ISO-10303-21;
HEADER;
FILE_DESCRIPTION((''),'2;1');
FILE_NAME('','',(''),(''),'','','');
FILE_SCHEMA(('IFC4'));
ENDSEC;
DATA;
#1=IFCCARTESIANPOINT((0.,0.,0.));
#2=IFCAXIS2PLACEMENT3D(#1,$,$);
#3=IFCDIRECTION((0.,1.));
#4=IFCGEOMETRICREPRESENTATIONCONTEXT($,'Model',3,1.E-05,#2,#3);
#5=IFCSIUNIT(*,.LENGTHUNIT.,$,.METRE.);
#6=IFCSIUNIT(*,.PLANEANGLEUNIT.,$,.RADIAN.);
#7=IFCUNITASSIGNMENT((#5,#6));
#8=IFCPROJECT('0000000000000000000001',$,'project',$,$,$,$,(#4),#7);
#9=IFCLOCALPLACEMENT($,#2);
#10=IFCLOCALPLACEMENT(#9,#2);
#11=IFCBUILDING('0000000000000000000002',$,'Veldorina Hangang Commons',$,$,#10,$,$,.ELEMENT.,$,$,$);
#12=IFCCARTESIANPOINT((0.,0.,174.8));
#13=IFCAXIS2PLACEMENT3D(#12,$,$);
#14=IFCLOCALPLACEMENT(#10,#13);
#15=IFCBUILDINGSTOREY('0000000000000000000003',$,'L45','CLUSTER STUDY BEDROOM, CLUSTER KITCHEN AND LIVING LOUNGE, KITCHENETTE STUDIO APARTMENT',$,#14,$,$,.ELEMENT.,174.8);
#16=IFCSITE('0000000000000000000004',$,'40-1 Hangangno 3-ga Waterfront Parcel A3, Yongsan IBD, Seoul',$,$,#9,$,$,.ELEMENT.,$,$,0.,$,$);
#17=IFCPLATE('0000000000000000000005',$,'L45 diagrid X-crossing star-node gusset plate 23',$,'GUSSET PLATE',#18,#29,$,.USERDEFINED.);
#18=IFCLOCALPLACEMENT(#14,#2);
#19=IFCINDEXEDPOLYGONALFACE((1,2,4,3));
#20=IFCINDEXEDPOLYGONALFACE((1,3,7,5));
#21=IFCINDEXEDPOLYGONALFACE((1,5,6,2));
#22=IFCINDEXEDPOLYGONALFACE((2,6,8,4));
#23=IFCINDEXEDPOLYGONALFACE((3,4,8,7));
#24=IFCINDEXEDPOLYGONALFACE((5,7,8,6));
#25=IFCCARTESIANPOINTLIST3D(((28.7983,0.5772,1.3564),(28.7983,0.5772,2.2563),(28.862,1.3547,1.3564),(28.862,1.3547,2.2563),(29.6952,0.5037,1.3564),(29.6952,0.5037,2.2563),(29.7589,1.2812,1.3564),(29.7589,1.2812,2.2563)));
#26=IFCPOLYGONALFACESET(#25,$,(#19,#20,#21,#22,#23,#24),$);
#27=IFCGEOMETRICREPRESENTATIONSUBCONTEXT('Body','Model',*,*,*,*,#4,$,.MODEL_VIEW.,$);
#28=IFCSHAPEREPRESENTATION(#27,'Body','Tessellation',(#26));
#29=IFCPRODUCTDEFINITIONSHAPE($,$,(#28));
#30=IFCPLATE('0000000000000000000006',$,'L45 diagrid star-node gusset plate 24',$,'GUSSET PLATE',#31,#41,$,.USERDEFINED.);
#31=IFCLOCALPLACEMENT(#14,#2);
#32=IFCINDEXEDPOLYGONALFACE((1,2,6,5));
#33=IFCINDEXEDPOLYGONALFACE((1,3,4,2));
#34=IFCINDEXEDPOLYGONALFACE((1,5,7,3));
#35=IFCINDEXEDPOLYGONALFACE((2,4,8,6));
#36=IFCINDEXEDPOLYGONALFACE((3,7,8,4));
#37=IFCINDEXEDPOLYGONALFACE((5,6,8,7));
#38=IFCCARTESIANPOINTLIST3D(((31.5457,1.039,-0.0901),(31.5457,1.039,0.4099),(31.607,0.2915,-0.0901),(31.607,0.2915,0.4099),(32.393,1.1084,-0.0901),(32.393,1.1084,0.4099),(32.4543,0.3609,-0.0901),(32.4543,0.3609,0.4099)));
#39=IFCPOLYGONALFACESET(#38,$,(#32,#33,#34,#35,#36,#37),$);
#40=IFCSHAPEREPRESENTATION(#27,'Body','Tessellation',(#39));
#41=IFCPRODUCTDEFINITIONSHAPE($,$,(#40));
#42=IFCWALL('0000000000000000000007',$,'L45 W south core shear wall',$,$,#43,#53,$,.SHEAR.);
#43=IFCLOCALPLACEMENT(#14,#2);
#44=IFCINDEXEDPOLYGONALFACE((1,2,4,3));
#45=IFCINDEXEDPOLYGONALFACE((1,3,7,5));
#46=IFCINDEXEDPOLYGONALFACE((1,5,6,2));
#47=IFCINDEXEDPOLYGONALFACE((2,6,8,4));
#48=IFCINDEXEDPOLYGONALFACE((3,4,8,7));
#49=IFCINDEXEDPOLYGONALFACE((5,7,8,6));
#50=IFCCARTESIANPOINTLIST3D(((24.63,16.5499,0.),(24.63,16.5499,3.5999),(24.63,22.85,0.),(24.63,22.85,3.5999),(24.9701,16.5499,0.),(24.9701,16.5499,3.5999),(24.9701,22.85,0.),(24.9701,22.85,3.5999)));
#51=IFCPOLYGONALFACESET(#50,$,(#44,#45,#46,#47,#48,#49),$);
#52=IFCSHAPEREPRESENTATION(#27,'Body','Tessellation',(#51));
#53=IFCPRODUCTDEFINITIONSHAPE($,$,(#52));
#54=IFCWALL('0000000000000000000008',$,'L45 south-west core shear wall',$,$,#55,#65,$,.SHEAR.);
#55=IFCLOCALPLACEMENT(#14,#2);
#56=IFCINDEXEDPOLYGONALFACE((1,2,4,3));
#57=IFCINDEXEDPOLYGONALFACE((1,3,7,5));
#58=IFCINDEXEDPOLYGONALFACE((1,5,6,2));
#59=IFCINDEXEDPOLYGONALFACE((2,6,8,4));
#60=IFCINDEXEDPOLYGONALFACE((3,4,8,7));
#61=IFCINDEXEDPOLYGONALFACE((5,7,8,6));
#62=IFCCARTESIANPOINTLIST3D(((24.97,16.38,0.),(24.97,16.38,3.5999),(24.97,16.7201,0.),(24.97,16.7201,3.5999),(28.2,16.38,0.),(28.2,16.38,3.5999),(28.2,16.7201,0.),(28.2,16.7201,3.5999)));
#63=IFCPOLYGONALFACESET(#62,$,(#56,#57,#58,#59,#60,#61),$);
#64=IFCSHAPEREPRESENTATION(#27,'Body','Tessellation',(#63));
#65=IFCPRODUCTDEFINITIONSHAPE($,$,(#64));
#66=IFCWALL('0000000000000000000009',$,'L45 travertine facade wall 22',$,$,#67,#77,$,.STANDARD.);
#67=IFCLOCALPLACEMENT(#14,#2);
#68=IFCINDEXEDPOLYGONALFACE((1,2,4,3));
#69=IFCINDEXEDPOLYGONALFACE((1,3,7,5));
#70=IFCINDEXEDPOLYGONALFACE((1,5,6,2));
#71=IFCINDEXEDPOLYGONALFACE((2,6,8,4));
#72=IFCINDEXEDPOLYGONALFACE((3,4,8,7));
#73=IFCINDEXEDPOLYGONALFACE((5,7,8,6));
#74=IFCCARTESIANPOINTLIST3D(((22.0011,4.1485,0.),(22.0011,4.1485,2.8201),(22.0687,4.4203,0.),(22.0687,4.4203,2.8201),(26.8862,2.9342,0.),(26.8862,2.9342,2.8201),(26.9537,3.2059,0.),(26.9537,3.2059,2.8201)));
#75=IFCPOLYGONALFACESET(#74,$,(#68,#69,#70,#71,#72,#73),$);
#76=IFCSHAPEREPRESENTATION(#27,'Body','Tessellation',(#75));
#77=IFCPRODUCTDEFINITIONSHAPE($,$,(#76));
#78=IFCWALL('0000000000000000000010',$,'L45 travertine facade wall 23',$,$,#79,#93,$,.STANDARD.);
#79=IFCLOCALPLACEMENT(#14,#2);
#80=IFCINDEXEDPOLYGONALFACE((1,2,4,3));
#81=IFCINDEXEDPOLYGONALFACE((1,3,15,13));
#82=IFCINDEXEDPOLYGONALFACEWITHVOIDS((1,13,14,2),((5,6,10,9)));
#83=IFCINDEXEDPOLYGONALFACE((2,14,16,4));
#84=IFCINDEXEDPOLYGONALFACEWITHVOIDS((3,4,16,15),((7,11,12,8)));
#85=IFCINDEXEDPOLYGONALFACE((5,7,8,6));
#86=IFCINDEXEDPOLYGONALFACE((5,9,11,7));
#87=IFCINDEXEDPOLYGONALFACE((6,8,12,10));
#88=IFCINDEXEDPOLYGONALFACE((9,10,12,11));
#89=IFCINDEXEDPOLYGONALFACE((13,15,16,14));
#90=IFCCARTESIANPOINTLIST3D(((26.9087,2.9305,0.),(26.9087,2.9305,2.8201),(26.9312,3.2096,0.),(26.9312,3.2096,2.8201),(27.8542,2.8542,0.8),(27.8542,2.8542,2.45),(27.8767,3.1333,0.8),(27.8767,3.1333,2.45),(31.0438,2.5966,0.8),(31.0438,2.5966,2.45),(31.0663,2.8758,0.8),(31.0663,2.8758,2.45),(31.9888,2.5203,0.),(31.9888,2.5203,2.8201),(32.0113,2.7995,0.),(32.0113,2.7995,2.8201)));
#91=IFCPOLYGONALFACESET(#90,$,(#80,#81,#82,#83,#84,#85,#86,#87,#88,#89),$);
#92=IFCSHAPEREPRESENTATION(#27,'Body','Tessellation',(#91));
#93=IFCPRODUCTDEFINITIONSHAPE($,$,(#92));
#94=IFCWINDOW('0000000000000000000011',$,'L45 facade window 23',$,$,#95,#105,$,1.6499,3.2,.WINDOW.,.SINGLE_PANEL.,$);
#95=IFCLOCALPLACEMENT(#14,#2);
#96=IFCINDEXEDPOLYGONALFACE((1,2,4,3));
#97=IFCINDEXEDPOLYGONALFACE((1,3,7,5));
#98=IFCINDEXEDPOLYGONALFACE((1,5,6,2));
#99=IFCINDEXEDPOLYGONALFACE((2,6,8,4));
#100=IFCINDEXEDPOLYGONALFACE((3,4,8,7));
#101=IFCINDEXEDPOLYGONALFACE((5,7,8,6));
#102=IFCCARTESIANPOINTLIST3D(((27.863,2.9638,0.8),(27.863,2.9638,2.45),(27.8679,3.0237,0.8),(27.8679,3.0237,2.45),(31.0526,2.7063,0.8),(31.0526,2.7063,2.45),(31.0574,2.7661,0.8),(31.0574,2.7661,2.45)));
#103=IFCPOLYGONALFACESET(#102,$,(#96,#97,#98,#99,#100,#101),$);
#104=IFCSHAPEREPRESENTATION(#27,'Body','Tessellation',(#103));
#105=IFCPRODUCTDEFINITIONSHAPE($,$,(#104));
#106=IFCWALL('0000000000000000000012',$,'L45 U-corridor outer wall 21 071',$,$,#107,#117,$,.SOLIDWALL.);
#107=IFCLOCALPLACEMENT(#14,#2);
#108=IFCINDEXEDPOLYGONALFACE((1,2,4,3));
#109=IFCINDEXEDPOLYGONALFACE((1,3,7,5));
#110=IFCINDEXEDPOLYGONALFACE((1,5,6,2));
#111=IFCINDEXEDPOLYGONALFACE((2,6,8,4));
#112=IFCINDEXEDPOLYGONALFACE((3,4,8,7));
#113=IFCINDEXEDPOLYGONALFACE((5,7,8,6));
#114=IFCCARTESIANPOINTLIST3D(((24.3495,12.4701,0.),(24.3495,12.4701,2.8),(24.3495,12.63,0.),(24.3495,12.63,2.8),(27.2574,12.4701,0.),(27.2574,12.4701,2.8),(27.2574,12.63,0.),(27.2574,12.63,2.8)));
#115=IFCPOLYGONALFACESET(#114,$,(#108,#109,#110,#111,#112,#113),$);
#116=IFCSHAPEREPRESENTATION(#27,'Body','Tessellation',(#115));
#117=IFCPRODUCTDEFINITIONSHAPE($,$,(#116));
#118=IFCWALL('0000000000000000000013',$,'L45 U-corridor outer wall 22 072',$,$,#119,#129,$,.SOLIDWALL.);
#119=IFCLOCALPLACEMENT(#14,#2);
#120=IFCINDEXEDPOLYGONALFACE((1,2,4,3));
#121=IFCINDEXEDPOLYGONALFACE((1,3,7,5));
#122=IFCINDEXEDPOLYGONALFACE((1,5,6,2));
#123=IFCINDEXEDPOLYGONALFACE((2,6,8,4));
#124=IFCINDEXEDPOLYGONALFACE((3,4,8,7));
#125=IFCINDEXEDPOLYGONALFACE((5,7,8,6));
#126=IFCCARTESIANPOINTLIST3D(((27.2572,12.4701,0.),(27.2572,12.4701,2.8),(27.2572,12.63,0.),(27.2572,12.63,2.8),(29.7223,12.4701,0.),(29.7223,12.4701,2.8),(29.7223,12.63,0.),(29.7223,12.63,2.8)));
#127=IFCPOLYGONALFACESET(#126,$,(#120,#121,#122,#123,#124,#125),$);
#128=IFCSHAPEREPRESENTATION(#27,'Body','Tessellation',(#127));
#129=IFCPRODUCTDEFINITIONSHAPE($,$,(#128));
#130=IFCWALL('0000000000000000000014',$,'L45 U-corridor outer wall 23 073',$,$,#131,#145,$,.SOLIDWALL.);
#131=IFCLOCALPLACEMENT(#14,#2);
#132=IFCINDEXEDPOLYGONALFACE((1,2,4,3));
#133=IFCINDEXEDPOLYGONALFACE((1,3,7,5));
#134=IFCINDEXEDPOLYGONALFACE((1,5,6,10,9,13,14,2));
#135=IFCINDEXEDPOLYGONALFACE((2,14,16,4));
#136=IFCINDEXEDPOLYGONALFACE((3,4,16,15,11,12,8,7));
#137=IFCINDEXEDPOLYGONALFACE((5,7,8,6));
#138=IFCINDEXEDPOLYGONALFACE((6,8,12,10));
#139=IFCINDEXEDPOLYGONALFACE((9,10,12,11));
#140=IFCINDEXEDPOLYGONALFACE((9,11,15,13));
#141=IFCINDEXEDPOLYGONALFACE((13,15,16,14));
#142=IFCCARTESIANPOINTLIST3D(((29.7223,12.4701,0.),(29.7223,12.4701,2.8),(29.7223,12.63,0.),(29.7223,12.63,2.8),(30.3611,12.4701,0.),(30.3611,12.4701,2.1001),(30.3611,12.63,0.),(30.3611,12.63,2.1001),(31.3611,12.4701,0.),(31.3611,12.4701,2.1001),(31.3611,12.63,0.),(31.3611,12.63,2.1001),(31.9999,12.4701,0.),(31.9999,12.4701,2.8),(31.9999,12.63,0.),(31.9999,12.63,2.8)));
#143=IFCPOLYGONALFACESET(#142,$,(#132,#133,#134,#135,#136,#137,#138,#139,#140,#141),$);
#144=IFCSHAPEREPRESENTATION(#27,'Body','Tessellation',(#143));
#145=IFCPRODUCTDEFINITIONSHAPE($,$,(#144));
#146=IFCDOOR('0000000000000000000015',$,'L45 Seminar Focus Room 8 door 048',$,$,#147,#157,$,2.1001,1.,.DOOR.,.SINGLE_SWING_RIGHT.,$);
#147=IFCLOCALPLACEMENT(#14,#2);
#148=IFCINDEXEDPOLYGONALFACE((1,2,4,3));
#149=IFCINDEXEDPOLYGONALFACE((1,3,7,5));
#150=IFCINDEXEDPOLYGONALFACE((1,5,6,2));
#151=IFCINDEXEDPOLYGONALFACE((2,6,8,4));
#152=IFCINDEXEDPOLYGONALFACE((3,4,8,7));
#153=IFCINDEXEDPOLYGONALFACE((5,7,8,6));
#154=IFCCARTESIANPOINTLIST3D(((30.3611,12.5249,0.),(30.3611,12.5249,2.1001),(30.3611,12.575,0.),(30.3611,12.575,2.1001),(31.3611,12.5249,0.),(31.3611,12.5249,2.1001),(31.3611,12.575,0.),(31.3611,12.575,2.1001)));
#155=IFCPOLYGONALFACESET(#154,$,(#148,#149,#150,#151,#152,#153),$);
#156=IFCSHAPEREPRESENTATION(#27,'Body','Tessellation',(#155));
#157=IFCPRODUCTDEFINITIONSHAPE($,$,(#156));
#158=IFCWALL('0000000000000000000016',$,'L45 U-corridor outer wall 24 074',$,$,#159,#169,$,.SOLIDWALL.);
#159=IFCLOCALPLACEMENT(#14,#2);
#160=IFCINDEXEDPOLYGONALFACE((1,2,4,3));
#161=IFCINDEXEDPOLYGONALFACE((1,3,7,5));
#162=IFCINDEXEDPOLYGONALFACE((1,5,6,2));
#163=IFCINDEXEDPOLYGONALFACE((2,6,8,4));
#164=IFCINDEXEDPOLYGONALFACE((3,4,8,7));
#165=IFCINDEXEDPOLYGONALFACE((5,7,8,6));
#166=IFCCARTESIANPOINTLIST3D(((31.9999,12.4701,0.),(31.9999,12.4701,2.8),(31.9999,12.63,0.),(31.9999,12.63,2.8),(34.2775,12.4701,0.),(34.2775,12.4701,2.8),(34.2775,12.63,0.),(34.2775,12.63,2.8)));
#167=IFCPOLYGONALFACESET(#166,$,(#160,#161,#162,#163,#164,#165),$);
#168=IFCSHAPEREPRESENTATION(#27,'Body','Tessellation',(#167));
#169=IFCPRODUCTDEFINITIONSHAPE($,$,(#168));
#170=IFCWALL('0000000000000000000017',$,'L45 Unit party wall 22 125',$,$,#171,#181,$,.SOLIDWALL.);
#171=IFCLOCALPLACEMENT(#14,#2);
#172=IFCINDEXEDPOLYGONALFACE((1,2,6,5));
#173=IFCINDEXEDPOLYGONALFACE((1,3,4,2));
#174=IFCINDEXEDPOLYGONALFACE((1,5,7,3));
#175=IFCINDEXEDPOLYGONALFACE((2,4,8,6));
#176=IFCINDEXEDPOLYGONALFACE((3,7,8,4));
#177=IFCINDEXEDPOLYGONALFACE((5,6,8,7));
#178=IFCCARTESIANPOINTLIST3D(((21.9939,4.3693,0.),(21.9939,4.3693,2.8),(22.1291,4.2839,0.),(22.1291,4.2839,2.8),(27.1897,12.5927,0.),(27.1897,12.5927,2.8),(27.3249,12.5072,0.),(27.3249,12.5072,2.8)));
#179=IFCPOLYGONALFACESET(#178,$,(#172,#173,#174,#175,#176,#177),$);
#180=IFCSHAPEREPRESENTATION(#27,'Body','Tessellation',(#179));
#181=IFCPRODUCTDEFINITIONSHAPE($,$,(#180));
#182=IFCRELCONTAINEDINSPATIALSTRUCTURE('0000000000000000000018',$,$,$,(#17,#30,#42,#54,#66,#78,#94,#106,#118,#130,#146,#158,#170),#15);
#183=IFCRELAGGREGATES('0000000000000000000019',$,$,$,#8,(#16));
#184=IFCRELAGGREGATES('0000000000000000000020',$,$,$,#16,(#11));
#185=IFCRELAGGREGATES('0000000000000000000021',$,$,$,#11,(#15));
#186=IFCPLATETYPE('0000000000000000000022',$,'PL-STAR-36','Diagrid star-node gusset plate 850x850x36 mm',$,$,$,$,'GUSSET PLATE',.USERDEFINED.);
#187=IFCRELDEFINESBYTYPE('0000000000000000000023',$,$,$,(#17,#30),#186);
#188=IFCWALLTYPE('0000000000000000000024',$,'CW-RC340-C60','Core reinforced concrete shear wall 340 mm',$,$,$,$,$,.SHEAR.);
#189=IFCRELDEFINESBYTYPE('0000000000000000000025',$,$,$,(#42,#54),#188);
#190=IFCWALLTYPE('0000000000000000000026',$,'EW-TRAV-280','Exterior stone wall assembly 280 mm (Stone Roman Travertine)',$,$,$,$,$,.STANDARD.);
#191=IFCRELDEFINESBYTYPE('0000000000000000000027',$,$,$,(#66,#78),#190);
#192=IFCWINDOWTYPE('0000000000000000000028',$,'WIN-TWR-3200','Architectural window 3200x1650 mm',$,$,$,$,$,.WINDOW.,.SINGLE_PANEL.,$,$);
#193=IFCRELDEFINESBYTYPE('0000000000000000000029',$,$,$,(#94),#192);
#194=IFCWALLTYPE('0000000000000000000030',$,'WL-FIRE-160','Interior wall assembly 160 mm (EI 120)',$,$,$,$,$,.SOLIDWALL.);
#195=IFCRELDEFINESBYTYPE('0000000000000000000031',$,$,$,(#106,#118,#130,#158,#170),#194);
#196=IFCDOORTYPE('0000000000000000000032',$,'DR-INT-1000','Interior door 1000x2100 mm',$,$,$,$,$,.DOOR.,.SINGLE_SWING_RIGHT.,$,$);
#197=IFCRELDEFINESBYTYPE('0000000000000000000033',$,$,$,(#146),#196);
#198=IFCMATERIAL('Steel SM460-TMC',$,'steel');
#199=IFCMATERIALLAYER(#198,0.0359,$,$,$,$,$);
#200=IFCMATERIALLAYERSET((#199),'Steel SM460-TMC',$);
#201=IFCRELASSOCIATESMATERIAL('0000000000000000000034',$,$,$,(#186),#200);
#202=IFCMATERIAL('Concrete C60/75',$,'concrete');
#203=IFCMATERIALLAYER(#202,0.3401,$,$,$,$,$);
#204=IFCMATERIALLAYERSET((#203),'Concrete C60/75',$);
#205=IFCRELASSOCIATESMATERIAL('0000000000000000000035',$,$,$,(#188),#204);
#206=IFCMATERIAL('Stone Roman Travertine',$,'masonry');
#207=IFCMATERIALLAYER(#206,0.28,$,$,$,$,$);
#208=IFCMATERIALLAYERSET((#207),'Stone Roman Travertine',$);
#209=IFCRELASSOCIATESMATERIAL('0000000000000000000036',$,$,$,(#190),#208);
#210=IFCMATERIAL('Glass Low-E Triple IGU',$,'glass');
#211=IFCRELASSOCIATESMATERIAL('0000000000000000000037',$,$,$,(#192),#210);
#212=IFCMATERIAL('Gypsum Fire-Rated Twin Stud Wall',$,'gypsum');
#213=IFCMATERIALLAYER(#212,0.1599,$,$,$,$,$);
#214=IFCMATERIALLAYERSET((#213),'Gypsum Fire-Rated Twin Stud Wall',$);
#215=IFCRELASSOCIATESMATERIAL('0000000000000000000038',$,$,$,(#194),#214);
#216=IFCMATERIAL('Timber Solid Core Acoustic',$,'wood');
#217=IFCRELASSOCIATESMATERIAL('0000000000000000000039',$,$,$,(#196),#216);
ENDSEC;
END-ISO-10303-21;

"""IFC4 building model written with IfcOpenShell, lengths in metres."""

from ifc_helpers import new_model, si_unit, direction, frame, frame_2d, origin, origin_2d, place, context, subcontext, project, spatial, rectangle, extrude, material, layer, layer_set, type_object, element, fill, save


model = new_model("IFC4")

# Units and contexts
model_context = context("Model", 3, precision=1e-05, world=origin(), true_north=direction((0.0, 1.0)))
body_context = subcontext(model_context, "Body", "Model", "MODEL_VIEW")
ifc_project = project(units=[si_unit("LENGTHUNIT", "METRE"), si_unit("PLANEANGLEUNIT", "RADIAN")], contexts=[model_context])

# Site, building, storey
site_placement = place(None, origin())
site = spatial("IfcSite", under=ifc_project, at=site_placement, Name="40-1 Hangangno 3-ga Waterfront Parcel A3, Yongsan IBD, Seoul", CompositionType="ELEMENT", RefElevation=0.0)
building_placement = place(site_placement, origin())
building = spatial("IfcBuilding", under=site, at=building_placement, Name="Veldorina Hangang Commons", CompositionType="ELEMENT")
storey_placement = place(building_placement, frame((0.0, 0.0, 174.8)))
storey = spatial("IfcBuildingStorey", under=building, at=storey_placement, Name="L45", Description="CLUSTER STUDY BEDROOM, CLUSTER KITCHEN AND LIVING LOUNGE, KITCHENETTE STUDIO APARTMENT", CompositionType="ELEMENT", Elevation=174.8)

# Shared definitions
ifc_material_1 = material(Name="Concrete C60/75", Category="concrete")

# Plates
ifc_material_2 = material(Name="Steel SM460-TMC", Category="steel")
ifc_layer_1 = layer(ifc_material_2, 0.0359)
ifc_layer_set_1 = layer_set([ifc_layer_1], Name="Steel SM460-TMC")
plate_type = type_object("IfcPlateType", Name="PL-STAR-36", Description="Diagrid star-node gusset plate 850x850x36 mm", ElementType="GUSSET PLATE", PredefinedType="USERDEFINED", material=ifc_layer_set_1)
plate_1_placement = place(storey_placement, frame((29.2786, 0.9292, 1.3564), z_axis=(0.0, 0.0, 1.0), x_axis=(0.996659, -0.081678, 0.0)))
element("IfcPlate", 1, at=plate_1_placement, inside=storey, type_object=plate_type, Name="L45 diagrid X-crossing star-node gusset plate 23", ObjectType="GUSSET PLATE", PredefinedType="USERDEFINED", context=body_context, shape_type="SweptSolid", body=[
    extrude(rectangle(XDim=0.8999, YDim=0.78, at=origin_2d()), origin(), (0.0, 0.0, 1.0), 0.8999),
])
plate_2_placement = place(storey_placement, frame((32.0, 0.7, -0.0901), z_axis=(0.0, 0.0, 1.0), x_axis=(0.996659, 0.081678, 0.0)))
element("IfcPlate", 2, at=plate_2_placement, inside=storey, type_object=plate_type, Name="L45 diagrid star-node gusset plate 24", ObjectType="GUSSET PLATE", PredefinedType="USERDEFINED", context=body_context, shape_type="SweptSolid", body=[
    extrude(rectangle(XDim=0.8501, YDim=0.75, at=origin_2d()), origin(), (0.0, 0.0, 1.0), 0.5),
])

# Walls
ifc_layer_2 = layer(ifc_material_1, 0.3401)
ifc_layer_set_2 = layer_set([ifc_layer_2], Name="Concrete C60/75")
wall_type_1 = type_object("IfcWallType", Name="CW-RC340-C60", Description="Core reinforced concrete shear wall 340 mm", PredefinedType="SHEAR", material=ifc_layer_set_2)
wall_1_placement = place(storey_placement, frame((24.8, 16.55, 0.0), z_axis=(0.0, 0.0, 1.0), x_axis=(0.0, 1.0, 0.0)))
element("IfcWall", 3, at=wall_1_placement, inside=storey, type_object=wall_type_1, Name="L45 W south core shear wall", PredefinedType="SHEAR", context=body_context, shape_type="SweptSolid", body=[
    extrude(rectangle(XDim=6.3, YDim=0.3401, at=frame_2d((3.1499, 0.0))), origin(), (0.0, 0.0, 1.0), 3.5999),
])
wall_2_placement = place(storey_placement, frame((24.97, 16.55, 0.0), z_axis=(0.0, 0.0, 1.0), x_axis=(1.0, 0.0, 0.0)))
element("IfcWall", 4, at=wall_2_placement, inside=storey, type_object=wall_type_1, Name="L45 south-west core shear wall", PredefinedType="SHEAR", context=body_context, shape_type="SweptSolid", body=[
    extrude(rectangle(XDim=3.23, YDim=0.3401, at=frame_2d((1.615, 0.0))), origin(), (0.0, 0.0, 1.0), 3.5999),
])

# Shared definitions
ifc_material_3 = material(Name="Stone Roman Travertine", Category="masonry")

# Wall
ifc_layer_3 = layer(ifc_material_3, 0.28)
ifc_layer_set_3 = layer_set([ifc_layer_3], Name="Stone Roman Travertine")
wall_type_2 = type_object("IfcWallType", Name="EW-TRAV-280", Description="Exterior stone wall assembly 280 mm (Stone Roman Travertine)", PredefinedType="STANDARD", material=ifc_layer_set_3)
wall_3_placement = place(storey_placement, frame((22.0349, 4.2844, 0.0), z_axis=(0.0, 0.0, 1.0), x_axis=(0.970464, -0.241246, 0.0)))
element("IfcWall", 5, at=wall_3_placement, inside=storey, type_object=wall_type_2, Name="L45 travertine facade wall 22", PredefinedType="STANDARD", context=body_context, shape_type="SweptSolid", body=[
    extrude(rectangle(XDim=5.0337, YDim=0.28, at=frame_2d((2.5168, 0.0))), origin(), (0.0, 0.0, 1.0), 2.8201),
])

# Wall, opening, window
wall_4_placement = place(storey_placement, frame((26.9199, 3.0701, 0.0), z_axis=(0.0, 0.0, 1.0), x_axis=(0.996757, -0.080476, 0.0)))
wall_4 = element("IfcWall", 6, at=wall_4_placement, inside=storey, type_object=wall_type_2, Name="L45 travertine facade wall 23", PredefinedType="STANDARD", context=body_context, shape_type="SweptSolid", body=[
    extrude(rectangle(XDim=5.0967, YDim=0.28, at=frame_2d((2.5483, 0.0))), origin(), (0.0, 0.0, 1.0), 2.8201),
])
opening_1_placement = place(wall_4_placement, frame((0.9485, 0.0, 0.8)))
opening_1 = element("IfcOpeningElement", 7, at=opening_1_placement, cuts=wall_4, PredefinedType="OPENING", context=body_context, shape_type="SweptSolid", body=[
    extrude(rectangle(XDim=3.2, YDim=1.6499, at=frame_2d((1.6001, 0.825))), frame((0.0, 0.1499, 0.0), z_axis=(0.0, -1.0, 0.0), x_axis=(1.0, 0.0, 0.0)), (0.0, 0.0, 1.0), 0.3),
])
ifc_material_4 = material(Name="Glass Low-E Triple IGU", Category="glass")
window_type = type_object("IfcWindowType", Name="WIN-TWR-3200", Description="Architectural window 3200x1650 mm", PartitioningType="SINGLE_PANEL", PredefinedType="WINDOW", material=ifc_material_4)
window_placement = place(opening_1_placement, origin())
window = element("IfcWindow", 8, at=window_placement, inside=storey, type_object=window_type, Name="L45 facade window 23", OverallHeight=1.6499, OverallWidth=3.2, PartitioningType="SINGLE_PANEL", PredefinedType="WINDOW", context=body_context, shape_type="SweptSolid", body=[
    extrude(rectangle(XDim=3.2, YDim=1.6499, at=frame_2d((1.6001, 0.825))), frame((0.0, 0.03, 0.0), z_axis=(0.0, -1.0, 0.0), x_axis=(1.0, 0.0, 0.0)), (0.0, 0.0, 1.0), 0.0601),
])
fill(opening_1, window)

# Walls
ifc_material_5 = material(Name="Gypsum Fire-Rated Twin Stud Wall", Category="gypsum")
ifc_layer_4 = layer(ifc_material_5, 0.1599)
ifc_layer_set_4 = layer_set([ifc_layer_4], Name="Gypsum Fire-Rated Twin Stud Wall")
wall_type_3 = type_object("IfcWallType", Name="WL-FIRE-160", Description="Interior wall assembly 160 mm (EI 120)", PredefinedType="SOLIDWALL", material=ifc_layer_set_4)
wall_5_placement = place(storey_placement, frame((24.3494, 12.55, 0.0), z_axis=(0.0, 0.0, 1.0), x_axis=(1.0, 0.0, 0.0)))
element("IfcWall", 9, at=wall_5_placement, inside=storey, type_object=wall_type_3, Name="L45 U-corridor outer wall 21 071", PredefinedType="SOLIDWALL", context=body_context, shape_type="SweptSolid", body=[
    extrude(rectangle(XDim=2.908, YDim=0.1599, at=frame_2d((1.4541, 0.0))), origin(), (0.0, 0.0, 1.0), 2.8),
])
wall_6_placement = place(storey_placement, frame((27.2573, 12.55, 0.0), z_axis=(0.0, 0.0, 1.0), x_axis=(1.0, 0.0, 0.0)))
element("IfcWall", 10, at=wall_6_placement, inside=storey, type_object=wall_type_3, Name="L45 U-corridor outer wall 22 072", PredefinedType="SOLIDWALL", context=body_context, shape_type="SweptSolid", body=[
    extrude(rectangle(XDim=2.4651, YDim=0.1599, at=frame_2d((1.2324, 0.0))), origin(), (0.0, 0.0, 1.0), 2.8),
])

# Wall, opening, door
wall_7_placement = place(storey_placement, frame((29.7224, 12.55, 0.0), z_axis=(0.0, 0.0, 1.0), x_axis=(1.0, 0.0, 0.0)))
wall_7 = element("IfcWall", 11, at=wall_7_placement, inside=storey, type_object=wall_type_3, Name="L45 U-corridor outer wall 23 073", PredefinedType="SOLIDWALL", context=body_context, shape_type="SweptSolid", body=[
    extrude(rectangle(XDim=2.2776, YDim=0.1599, at=frame_2d((1.1387, 0.0))), origin(), (0.0, 0.0, 1.0), 2.8),
])
opening_2_placement = place(wall_7_placement, frame((0.6387, 0.0, 0.0)))
opening_2 = element("IfcOpeningElement", 12, at=opening_2_placement, cuts=wall_7, PredefinedType="OPENING", context=body_context, shape_type="SweptSolid", body=[
    extrude(rectangle(XDim=1.0, YDim=2.1001, at=frame_2d((0.5, 1.05))), frame((0.0, 0.0898, 0.0), z_axis=(0.0, -1.0, 0.0), x_axis=(1.0, 0.0, 0.0)), (0.0, 0.0, 1.0), 0.1799),
])
ifc_material_6 = material(Name="Timber Solid Core Acoustic", Category="wood")
door_type_1 = type_object("IfcDoorType", Name="DR-INT-1000", Description="Interior door 1000x2100 mm", OperationType="SINGLE_SWING_RIGHT", PredefinedType="DOOR", material=ifc_material_6)
door_1_placement = place(opening_2_placement, origin())
door_1 = element("IfcDoor", 13, at=door_1_placement, inside=storey, type_object=door_type_1, Name="L45 Seminar Focus Room 8 door 048", OperationType="SINGLE_SWING_RIGHT", OverallHeight=2.1001, OverallWidth=1.0, PredefinedType="DOOR", context=body_context, shape_type="SweptSolid", body=[
    extrude(rectangle(XDim=1.0, YDim=2.1001, at=frame_2d((0.5, 1.05))), frame((0.0, 0.0249, 0.0), z_axis=(0.0, -1.0, 0.0), x_axis=(1.0, 0.0, 0.0)), (0.0, 0.0, 1.0), 0.05),
])
fill(opening_2, door_1)

# Walls
wall_8_placement = place(storey_placement, frame((32.0, 12.55, 0.0), z_axis=(0.0, 0.0, 1.0), x_axis=(1.0, 0.0, 0.0)))
element("IfcWall", 14, at=wall_8_placement, inside=storey, type_object=wall_type_3, Name="L45 U-corridor outer wall 24 074", PredefinedType="SOLIDWALL", context=body_context, shape_type="SweptSolid", body=[
    extrude(rectangle(XDim=2.2776, YDim=0.1599, at=frame_2d((1.1387, 0.0))), origin(), (0.0, 0.0, 1.0), 2.8),
])
wall_9_placement = place(storey_placement, frame((27.2573, 12.55, 0.0), z_axis=(0.0, 0.0, 1.0), x_axis=(-0.534146, -0.845392, 0.0)))
element("IfcWall", 15, at=wall_9_placement, inside=storey, type_object=wall_type_3, Name="L45 Unit party wall 22 125", PredefinedType="SOLIDWALL", context=body_context, shape_type="SweptSolid", body=[
    extrude(rectangle(XDim=9.7273, YDim=0.1599, at=frame_2d((4.8638, 0.0))), origin(), (0.0, 0.0, 1.0), 2.8),
])

save(model, "model.ifc")
